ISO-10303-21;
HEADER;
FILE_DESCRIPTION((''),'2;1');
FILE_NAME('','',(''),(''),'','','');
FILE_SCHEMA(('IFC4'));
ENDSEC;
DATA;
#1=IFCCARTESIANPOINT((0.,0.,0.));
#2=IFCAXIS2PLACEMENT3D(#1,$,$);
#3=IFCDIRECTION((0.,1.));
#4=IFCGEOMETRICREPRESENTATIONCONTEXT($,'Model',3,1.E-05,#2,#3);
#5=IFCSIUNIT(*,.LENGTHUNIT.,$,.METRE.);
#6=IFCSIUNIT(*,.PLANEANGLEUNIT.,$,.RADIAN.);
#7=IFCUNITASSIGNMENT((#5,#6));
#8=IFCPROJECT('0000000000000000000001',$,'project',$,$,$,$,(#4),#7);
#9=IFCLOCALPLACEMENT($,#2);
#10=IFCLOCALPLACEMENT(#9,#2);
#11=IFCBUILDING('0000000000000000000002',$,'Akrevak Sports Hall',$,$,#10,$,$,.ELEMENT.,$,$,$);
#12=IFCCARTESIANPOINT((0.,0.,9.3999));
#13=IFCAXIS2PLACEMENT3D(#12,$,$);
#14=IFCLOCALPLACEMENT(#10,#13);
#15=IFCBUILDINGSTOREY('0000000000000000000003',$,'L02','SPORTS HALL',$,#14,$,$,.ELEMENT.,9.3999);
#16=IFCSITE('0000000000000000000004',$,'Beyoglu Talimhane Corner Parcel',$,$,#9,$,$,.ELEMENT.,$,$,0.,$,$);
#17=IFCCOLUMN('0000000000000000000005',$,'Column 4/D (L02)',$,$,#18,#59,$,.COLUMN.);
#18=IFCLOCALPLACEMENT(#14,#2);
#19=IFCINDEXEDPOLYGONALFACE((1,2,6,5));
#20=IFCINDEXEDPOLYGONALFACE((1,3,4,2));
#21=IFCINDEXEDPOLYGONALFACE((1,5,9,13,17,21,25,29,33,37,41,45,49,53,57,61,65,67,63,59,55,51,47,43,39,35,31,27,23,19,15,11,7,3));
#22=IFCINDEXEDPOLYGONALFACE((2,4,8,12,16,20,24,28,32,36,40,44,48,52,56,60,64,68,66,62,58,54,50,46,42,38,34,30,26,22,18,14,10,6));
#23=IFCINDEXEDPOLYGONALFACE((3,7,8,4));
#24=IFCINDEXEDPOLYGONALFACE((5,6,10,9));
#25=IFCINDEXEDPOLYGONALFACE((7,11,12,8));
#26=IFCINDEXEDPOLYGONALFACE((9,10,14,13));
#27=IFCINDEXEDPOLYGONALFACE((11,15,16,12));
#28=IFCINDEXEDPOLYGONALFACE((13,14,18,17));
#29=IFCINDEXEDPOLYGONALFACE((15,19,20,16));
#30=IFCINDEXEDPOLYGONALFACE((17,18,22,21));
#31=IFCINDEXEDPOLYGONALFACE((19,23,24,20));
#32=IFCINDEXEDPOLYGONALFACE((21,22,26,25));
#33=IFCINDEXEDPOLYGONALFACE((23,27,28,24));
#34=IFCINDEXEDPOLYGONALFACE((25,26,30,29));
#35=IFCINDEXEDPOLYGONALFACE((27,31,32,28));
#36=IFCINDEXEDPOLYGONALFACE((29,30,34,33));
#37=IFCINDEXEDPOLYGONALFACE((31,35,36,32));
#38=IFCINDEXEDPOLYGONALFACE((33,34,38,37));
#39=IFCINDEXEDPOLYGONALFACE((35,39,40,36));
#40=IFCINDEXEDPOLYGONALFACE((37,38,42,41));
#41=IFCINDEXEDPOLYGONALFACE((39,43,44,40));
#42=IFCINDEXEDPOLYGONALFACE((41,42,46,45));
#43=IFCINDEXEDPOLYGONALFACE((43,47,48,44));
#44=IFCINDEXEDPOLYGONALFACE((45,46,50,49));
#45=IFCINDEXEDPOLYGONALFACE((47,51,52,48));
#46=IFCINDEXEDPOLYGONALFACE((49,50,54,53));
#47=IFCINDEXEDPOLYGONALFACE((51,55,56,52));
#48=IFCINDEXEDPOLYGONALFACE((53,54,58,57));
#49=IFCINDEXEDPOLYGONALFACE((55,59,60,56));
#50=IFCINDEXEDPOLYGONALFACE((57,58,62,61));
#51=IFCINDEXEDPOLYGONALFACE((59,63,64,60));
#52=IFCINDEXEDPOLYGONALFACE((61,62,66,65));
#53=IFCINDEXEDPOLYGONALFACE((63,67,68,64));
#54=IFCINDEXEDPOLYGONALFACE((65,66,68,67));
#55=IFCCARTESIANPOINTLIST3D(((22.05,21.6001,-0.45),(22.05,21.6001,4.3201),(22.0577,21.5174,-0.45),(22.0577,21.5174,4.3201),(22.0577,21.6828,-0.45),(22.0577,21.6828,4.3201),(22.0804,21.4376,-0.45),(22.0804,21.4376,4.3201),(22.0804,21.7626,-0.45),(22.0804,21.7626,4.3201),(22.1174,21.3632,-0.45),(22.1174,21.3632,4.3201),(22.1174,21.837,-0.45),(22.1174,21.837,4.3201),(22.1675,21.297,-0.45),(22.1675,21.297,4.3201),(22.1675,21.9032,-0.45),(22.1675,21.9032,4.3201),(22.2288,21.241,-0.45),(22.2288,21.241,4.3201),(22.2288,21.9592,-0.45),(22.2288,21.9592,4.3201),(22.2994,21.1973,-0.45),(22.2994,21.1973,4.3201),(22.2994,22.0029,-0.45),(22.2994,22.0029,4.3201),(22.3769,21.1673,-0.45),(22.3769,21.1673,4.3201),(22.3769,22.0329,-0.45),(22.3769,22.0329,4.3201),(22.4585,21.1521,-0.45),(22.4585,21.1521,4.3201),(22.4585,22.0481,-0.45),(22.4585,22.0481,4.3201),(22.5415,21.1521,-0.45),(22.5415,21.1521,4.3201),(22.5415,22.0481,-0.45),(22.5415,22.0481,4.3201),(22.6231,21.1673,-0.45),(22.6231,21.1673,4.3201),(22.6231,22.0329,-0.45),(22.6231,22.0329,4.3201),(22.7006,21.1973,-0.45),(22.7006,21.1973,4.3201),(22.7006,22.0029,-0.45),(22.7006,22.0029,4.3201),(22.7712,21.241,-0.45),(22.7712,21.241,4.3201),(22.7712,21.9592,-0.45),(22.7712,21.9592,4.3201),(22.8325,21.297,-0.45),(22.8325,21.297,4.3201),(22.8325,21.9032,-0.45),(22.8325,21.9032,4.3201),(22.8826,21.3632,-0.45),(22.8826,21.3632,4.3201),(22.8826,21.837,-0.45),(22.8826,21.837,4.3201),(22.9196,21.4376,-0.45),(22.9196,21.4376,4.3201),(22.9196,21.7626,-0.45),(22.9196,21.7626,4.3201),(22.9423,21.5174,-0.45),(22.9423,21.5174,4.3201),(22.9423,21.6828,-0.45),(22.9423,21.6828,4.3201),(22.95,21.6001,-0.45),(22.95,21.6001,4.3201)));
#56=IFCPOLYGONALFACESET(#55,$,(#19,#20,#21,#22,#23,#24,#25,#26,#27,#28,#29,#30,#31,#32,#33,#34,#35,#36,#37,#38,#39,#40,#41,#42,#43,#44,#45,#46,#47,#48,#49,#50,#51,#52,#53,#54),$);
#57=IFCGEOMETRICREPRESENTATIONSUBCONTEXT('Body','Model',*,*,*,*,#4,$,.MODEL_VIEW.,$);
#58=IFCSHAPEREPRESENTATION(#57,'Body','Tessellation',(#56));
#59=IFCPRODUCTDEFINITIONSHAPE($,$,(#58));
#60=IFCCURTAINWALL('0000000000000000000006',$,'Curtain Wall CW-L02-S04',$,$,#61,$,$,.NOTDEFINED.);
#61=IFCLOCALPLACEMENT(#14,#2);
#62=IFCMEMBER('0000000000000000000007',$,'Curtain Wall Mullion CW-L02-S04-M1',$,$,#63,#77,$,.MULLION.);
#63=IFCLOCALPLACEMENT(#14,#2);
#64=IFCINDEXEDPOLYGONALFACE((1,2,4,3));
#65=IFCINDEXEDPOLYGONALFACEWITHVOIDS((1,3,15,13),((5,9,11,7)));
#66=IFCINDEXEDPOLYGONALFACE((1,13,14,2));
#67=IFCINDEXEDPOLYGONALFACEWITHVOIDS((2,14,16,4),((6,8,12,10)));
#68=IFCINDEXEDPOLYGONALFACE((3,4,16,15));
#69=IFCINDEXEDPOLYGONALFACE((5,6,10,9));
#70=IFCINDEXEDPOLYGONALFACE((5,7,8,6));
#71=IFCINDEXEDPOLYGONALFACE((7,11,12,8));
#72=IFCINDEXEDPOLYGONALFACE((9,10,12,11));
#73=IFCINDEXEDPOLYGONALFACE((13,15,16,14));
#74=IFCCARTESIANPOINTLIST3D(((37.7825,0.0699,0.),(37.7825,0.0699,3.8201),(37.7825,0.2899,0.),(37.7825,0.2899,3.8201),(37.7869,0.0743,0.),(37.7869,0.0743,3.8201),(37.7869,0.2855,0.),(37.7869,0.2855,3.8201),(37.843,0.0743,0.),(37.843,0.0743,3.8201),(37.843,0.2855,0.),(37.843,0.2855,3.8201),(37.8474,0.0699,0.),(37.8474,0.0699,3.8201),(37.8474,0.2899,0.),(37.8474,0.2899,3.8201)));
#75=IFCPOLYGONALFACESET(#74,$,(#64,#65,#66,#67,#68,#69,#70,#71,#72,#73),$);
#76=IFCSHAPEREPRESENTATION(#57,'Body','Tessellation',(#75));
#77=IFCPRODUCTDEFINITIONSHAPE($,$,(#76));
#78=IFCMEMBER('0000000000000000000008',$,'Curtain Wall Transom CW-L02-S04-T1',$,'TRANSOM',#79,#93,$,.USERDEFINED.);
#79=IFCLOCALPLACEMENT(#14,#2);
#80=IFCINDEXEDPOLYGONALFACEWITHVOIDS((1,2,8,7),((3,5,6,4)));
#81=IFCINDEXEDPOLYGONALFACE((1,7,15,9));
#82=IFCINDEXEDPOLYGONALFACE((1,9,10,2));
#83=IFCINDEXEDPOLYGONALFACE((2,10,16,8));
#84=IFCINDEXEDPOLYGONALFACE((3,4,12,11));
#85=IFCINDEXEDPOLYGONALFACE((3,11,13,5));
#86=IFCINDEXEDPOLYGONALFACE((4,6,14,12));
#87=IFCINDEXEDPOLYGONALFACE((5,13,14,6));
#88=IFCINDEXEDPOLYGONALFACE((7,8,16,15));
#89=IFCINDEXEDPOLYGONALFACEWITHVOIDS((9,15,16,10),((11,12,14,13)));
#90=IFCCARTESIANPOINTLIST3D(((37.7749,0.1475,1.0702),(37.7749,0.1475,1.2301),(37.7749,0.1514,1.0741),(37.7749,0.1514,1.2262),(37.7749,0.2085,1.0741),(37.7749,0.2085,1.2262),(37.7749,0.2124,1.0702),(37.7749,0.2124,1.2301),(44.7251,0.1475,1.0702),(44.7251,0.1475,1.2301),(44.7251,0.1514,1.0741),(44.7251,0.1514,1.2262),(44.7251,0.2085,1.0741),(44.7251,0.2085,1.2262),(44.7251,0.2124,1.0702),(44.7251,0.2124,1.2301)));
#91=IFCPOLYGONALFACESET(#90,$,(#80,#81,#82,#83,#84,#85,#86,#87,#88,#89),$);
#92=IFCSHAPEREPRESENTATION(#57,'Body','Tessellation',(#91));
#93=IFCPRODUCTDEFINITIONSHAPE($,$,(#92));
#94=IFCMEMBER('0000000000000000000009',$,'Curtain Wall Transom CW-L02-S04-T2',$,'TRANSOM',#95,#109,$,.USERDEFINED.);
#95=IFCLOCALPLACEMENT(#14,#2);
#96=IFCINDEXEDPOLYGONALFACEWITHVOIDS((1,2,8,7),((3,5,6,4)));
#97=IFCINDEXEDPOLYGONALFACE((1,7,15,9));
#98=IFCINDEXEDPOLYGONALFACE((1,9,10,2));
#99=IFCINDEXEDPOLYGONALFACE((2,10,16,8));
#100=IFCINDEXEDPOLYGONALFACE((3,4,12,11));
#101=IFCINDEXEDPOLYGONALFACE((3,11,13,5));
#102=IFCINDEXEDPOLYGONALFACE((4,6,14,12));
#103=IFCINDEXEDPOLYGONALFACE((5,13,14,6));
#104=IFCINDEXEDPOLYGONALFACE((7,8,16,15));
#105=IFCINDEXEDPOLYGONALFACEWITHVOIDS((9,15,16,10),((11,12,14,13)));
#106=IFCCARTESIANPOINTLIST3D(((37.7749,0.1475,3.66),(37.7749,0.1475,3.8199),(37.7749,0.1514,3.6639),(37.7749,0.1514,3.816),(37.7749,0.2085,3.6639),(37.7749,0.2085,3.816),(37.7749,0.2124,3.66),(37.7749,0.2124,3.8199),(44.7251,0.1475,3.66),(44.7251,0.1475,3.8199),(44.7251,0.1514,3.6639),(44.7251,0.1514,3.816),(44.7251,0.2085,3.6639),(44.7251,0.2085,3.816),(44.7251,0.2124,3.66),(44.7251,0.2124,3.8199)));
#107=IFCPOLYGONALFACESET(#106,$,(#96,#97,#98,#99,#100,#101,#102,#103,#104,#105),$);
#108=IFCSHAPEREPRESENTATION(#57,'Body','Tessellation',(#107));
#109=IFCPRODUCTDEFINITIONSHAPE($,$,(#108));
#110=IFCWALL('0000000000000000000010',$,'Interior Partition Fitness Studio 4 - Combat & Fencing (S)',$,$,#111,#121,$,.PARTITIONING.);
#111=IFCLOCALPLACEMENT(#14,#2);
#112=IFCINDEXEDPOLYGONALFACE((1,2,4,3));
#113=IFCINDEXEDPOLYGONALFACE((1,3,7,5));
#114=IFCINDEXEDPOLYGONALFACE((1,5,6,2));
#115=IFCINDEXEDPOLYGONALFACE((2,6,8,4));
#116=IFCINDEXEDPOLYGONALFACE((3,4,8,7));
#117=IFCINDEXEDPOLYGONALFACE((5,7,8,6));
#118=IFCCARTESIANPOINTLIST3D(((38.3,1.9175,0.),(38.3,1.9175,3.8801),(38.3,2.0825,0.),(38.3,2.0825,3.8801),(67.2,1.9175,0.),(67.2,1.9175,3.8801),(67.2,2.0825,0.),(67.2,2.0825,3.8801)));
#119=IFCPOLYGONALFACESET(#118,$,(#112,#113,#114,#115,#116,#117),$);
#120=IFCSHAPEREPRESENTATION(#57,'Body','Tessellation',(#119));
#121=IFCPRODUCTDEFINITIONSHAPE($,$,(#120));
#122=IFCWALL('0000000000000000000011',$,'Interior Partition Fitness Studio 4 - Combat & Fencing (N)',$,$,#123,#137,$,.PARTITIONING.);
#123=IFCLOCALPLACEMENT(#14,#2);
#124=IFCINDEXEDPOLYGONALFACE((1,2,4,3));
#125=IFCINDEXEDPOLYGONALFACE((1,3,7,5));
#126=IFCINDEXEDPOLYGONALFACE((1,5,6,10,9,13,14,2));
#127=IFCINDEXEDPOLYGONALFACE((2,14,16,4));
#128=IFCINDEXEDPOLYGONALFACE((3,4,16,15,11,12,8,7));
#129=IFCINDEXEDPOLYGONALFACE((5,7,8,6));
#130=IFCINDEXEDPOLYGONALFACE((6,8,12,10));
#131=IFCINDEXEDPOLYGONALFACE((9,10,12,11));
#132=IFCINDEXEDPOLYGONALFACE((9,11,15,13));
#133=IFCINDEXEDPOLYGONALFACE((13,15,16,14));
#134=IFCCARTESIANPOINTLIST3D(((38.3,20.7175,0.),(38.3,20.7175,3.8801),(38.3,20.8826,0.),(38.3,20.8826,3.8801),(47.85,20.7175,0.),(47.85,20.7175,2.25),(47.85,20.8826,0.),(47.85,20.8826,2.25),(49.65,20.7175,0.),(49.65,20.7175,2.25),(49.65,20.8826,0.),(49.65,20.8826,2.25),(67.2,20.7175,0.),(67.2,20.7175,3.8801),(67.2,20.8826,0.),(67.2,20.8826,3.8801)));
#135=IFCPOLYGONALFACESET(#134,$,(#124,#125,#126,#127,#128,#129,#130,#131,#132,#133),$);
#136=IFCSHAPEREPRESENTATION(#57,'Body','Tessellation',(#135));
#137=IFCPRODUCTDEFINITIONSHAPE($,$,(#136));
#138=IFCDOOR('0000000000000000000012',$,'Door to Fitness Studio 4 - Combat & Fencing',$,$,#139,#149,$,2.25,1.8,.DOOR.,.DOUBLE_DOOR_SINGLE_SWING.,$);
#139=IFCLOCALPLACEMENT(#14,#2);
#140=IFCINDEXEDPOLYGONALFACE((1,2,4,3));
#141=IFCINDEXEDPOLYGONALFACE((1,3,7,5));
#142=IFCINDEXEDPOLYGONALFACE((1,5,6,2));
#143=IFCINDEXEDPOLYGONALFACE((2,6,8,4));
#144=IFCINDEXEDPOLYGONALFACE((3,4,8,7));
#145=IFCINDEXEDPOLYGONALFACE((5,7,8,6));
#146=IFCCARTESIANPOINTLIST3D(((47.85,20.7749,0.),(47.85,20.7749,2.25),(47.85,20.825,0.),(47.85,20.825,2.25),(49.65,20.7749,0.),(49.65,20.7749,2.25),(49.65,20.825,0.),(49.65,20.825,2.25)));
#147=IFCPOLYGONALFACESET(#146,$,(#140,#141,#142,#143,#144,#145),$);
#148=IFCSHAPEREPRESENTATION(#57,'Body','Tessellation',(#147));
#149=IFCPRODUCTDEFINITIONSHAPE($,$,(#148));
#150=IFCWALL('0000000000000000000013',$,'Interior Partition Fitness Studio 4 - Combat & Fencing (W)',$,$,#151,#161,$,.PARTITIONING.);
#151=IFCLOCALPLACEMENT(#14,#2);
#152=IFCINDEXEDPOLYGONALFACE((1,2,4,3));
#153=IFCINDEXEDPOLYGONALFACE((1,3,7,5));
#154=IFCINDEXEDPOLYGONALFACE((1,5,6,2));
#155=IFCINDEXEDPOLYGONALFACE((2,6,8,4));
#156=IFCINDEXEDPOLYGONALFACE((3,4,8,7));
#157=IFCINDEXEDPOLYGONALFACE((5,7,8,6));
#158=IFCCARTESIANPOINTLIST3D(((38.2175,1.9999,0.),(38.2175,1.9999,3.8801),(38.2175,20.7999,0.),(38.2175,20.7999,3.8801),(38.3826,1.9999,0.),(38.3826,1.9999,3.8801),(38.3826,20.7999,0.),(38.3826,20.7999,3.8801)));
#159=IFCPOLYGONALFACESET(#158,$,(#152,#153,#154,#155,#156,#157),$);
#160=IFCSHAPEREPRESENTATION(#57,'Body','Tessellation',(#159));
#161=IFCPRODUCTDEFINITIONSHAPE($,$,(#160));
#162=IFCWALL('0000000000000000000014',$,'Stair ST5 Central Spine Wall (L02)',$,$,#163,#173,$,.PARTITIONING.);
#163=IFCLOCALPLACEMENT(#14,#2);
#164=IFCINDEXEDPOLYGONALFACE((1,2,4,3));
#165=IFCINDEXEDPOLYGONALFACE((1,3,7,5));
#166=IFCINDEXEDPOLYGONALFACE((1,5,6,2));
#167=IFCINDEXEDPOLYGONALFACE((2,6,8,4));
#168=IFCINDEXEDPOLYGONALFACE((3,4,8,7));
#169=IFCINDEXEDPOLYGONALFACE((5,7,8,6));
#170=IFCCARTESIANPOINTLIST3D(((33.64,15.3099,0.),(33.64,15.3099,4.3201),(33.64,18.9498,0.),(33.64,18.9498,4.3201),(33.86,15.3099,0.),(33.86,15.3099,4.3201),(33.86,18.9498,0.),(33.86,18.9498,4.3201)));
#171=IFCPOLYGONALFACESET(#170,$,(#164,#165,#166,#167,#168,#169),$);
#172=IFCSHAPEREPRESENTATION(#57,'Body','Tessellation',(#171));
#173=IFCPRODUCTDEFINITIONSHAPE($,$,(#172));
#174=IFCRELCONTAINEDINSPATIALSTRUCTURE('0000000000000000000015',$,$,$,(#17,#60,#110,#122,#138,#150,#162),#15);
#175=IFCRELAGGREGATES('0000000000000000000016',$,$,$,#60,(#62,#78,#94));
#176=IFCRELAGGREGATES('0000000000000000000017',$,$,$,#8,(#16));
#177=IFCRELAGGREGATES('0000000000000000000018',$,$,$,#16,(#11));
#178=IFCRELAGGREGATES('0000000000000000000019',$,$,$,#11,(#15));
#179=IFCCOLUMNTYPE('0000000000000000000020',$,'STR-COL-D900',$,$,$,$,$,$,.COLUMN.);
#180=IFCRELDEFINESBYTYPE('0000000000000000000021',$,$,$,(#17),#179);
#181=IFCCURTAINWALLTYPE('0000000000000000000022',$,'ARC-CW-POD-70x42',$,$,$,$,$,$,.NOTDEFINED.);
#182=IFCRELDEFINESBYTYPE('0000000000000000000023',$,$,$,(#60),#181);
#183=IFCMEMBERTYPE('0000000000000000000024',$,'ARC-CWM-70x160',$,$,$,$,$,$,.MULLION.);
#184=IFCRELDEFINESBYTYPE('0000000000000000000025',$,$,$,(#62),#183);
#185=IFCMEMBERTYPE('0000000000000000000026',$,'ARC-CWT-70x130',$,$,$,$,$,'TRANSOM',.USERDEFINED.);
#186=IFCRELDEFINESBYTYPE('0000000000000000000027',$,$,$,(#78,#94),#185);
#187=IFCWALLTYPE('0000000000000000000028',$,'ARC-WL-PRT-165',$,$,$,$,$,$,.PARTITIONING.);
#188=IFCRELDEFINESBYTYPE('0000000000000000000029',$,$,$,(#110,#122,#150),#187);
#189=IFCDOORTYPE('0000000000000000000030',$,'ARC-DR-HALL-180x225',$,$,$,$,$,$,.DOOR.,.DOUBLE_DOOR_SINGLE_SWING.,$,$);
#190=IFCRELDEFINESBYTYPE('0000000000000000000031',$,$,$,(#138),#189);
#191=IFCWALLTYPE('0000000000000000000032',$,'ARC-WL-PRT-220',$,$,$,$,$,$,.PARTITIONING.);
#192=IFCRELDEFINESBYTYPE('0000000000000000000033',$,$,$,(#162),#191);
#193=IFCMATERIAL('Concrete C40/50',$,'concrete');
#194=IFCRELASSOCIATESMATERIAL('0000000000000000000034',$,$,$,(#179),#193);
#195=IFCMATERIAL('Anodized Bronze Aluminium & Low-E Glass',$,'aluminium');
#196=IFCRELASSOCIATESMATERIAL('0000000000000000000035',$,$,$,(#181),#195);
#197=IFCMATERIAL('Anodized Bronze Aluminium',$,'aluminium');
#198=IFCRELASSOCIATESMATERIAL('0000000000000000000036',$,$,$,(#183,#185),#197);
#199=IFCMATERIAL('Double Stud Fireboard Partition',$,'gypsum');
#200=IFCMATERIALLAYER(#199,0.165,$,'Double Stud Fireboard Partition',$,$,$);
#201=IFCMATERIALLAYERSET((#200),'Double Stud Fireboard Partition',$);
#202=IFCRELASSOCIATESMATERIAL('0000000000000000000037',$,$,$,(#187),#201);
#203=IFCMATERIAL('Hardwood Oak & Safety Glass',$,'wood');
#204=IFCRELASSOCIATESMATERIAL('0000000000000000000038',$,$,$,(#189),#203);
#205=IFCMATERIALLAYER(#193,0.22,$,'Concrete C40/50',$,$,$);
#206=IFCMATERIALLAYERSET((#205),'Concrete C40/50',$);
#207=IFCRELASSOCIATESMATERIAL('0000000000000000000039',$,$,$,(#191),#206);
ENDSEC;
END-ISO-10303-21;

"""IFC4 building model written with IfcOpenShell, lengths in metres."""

from ifc_helpers import new_model, si_unit, direction, frame, frame_2d, origin, origin_2d, place, context, subcontext, project, spatial, rectangle, hollow_rectangle, circle, extrude, material, layer, layer_set, material_profile, profile_set, type_object, element, fill, aggregate, save


model = new_model("IFC4")

# Units and contexts
model_context = context("Model", 3, precision=1e-05, world=origin(), true_north=direction((0.0, 1.0)))
body_context = subcontext(model_context, "Body", "Model", "MODEL_VIEW")
ifc_project = project(units=[si_unit("LENGTHUNIT", "METRE"), si_unit("PLANEANGLEUNIT", "RADIAN")], contexts=[model_context])

# Site, building, storey
site_placement = place(None, origin())
site = spatial("IfcSite", under=ifc_project, at=site_placement, Name="Beyoglu Talimhane Corner Parcel", CompositionType="ELEMENT", RefElevation=0.0)
building_placement = place(site_placement, origin())
building = spatial("IfcBuilding", under=site, at=building_placement, Name="Akrevak Sports Hall", CompositionType="ELEMENT")
storey_placement = place(building_placement, frame((0.0, 0.0, 9.3999)))
storey = spatial("IfcBuildingStorey", under=building, at=storey_placement, Name="L02", Description="SPORTS HALL", CompositionType="ELEMENT", Elevation=9.3999)

# Column
ifc_material_1 = material(Name="Concrete C40/50", Category="concrete")
ifc_material_profile_1 = material_profile(ifc_material_1, circle(Radius=0.45, at=origin_2d()), Name="COL D900", Category="concrete")
ifc_profile_set_1 = profile_set([ifc_material_profile_1], Name="Concrete C40/50")
column_type = type_object("IfcColumnType", Name="STR-COL-D900", PredefinedType="COLUMN", material=ifc_profile_set_1)
column_placement = place(storey_placement, frame((22.5, 21.6001, -0.45), z_axis=(0.0, 0.0, 1.0), x_axis=(1.0, 0.0, 0.0)))
element("IfcColumn", 1, at=column_placement, inside=storey, type_object=column_type, Name="Column 4/D (L02)", PredefinedType="COLUMN", context=body_context, shape_type="SweptSolid", body=[
    extrude(circle(Radius=0.45, at=origin_2d()), origin(), (0.0, 0.0, 1.0), 4.77),
])

# Curtain wall, members
ifc_material_2 = material(Name="Anodized Bronze Aluminium & Low-E Glass", Category="aluminium")
curtain_wall_type = type_object("IfcCurtainWallType", Name="ARC-CW-POD-70x42", PredefinedType="NOTDEFINED", material=ifc_material_2)
curtain_wall_placement = place(storey_placement, origin())
curtain_wall = element("IfcCurtainWall", 2, at=curtain_wall_placement, inside=storey, type_object=curtain_wall_type, Name="Curtain Wall CW-L02-S04", PredefinedType="NOTDEFINED")
ifc_material_3 = material(Name="Anodized Bronze Aluminium", Category="aluminium")
ifc_material_profile_2 = material_profile(ifc_material_3, hollow_rectangle(XDim=0.0649, YDim=0.22, WallThickness=0.0044, at=origin_2d()), Name="CWM 65x220", Category="aluminium")
ifc_profile_set_2 = profile_set([ifc_material_profile_2], Name="Anodized Bronze Aluminium")
member_type_1 = type_object("IfcMemberType", Name="ARC-CWM-70x160", PredefinedType="MULLION", material=ifc_profile_set_2)
member_1_placement = place(storey_placement, frame((37.8149, 0.1799, 0.0), z_axis=(0.0, 0.0, 1.0), x_axis=(1.0, 0.0, 0.0)))
member_1 = element("IfcMember", 3, at=member_1_placement, type_object=member_type_1, Name="Curtain Wall Mullion CW-L02-S04-M1", PredefinedType="MULLION", context=body_context, shape_type="SweptSolid", body=[
    extrude(hollow_rectangle(XDim=0.0649, YDim=0.22, WallThickness=0.0044, at=origin_2d()), origin(), (0.0, 0.0, 1.0), 3.8201),
])
ifc_material_profile_3 = material_profile(ifc_material_3, hollow_rectangle(XDim=0.0649, YDim=0.1599, WallThickness=0.0039, at=origin_2d()), Name="CWT 65x160", Category="aluminium")
ifc_profile_set_3 = profile_set([ifc_material_profile_3], Name="Anodized Bronze Aluminium")
member_type_2 = type_object("IfcMemberType", Name="ARC-CWT-70x130", ElementType="TRANSOM", PredefinedType="USERDEFINED", material=ifc_profile_set_3)
member_2_placement = place(storey_placement, frame((37.7749, 0.1799, 1.1501), z_axis=(1.0, 0.0, 0.0), x_axis=(0.0, 1.0, 0.0)))
member_2 = element("IfcMember", 4, at=member_2_placement, type_object=member_type_2, Name="Curtain Wall Transom CW-L02-S04-T1", ObjectType="TRANSOM", PredefinedType="USERDEFINED", context=body_context, shape_type="SweptSolid", body=[
    extrude(hollow_rectangle(XDim=0.0649, YDim=0.1599, WallThickness=0.0039, at=origin_2d()), origin(), (0.0, 0.0, 1.0), 6.9502),
])
member_3_placement = place(storey_placement, frame((37.7749, 0.1799, 3.74), z_axis=(1.0, 0.0, 0.0), x_axis=(0.0, 1.0, 0.0)))
member_3 = element("IfcMember", 5, at=member_3_placement, type_object=member_type_2, Name="Curtain Wall Transom CW-L02-S04-T2", ObjectType="TRANSOM", PredefinedType="USERDEFINED", context=body_context, shape_type="SweptSolid", body=[
    extrude(hollow_rectangle(XDim=0.0649, YDim=0.1599, WallThickness=0.0039, at=origin_2d()), origin(), (0.0, 0.0, 1.0), 6.9502),
])
aggregate(curtain_wall, [member_1, member_2, member_3])

# Wall
ifc_material_4 = material(Name="Double Stud Fireboard Partition", Category="gypsum")
ifc_layer_1 = layer(ifc_material_4, 0.165, Name="Double Stud Fireboard Partition")
ifc_layer_set_1 = layer_set([ifc_layer_1], Name="Double Stud Fireboard Partition")
wall_type_1 = type_object("IfcWallType", Name="ARC-WL-PRT-165", PredefinedType="PARTITIONING", material=ifc_layer_set_1)
wall_1_placement = place(storey_placement, frame((38.3, 2.0, 0.0), z_axis=(0.0, 0.0, 1.0), x_axis=(1.0, 0.0, 0.0)))
element("IfcWall", 6, at=wall_1_placement, inside=storey, type_object=wall_type_1, Name="Interior Partition Fitness Studio 4 - Combat & Fencing (S)", PredefinedType="PARTITIONING", context=body_context, shape_type="SweptSolid", body=[
    extrude(rectangle(XDim=28.8999, YDim=0.165, at=frame_2d((14.45, 0.0))), origin(), (0.0, 0.0, 1.0), 3.8801),
])

# Wall, opening, door
wall_2_placement = place(storey_placement, frame((38.3, 20.8, 0.0), z_axis=(0.0, 0.0, 1.0), x_axis=(1.0, 0.0, 0.0)))
wall_2 = element("IfcWall", 7, at=wall_2_placement, inside=storey, type_object=wall_type_1, Name="Interior Partition Fitness Studio 4 - Combat & Fencing (N)", PredefinedType="PARTITIONING", context=body_context, shape_type="SweptSolid", body=[
    extrude(rectangle(XDim=28.8999, YDim=0.165, at=frame_2d((14.45, 0.0))), origin(), (0.0, 0.0, 1.0), 3.8801),
])
opening_1_placement = place(wall_2_placement, frame((9.55, 0.0, 0.0)))
opening_1 = element("IfcOpeningElement", 8, at=opening_1_placement, cuts=wall_2, PredefinedType="OPENING", context=body_context, shape_type="SweptSolid", body=[
    extrude(rectangle(XDim=1.8, YDim=2.25, at=frame_2d((0.8999, 1.125))), frame((0.0, 0.0945, 0.0), z_axis=(0.0, -1.0, 0.0), x_axis=(1.0, 0.0, 0.0)), (0.0, 0.0, 1.0), 0.189),
])
ifc_material_5 = material(Name="Hardwood Oak & Safety Glass", Category="wood")
door_type_1 = type_object("IfcDoorType", Name="ARC-DR-HALL-180x225", OperationType="DOUBLE_DOOR_SINGLE_SWING", PredefinedType="DOOR", material=ifc_material_5)
door_1_placement = place(opening_1_placement, origin())
door_1 = element("IfcDoor", 9, at=door_1_placement, inside=storey, type_object=door_type_1, Name="Door to Fitness Studio 4 - Combat & Fencing", OperationType="DOUBLE_DOOR_SINGLE_SWING", OverallHeight=2.25, OverallWidth=1.8, PredefinedType="DOOR", context=body_context, shape_type="SweptSolid", body=[
    extrude(rectangle(XDim=1.8, YDim=2.25, at=frame_2d((0.8999, 1.125))), frame((0.0, 0.0249, 0.0), z_axis=(0.0, -1.0, 0.0), x_axis=(1.0, 0.0, 0.0)), (0.0, 0.0, 1.0), 0.05),
])
fill(opening_1, door_1)

# Walls
wall_3_placement = place(storey_placement, frame((38.3, 2.0, 0.0), z_axis=(0.0, 0.0, 1.0), x_axis=(0.0, 1.0, 0.0)))
element("IfcWall", 10, at=wall_3_placement, inside=storey, type_object=wall_type_1, Name="Interior Partition Fitness Studio 4 - Combat & Fencing (W)", PredefinedType="PARTITIONING", context=body_context, shape_type="SweptSolid", body=[
    extrude(rectangle(XDim=18.8, YDim=0.165, at=frame_2d((9.3999, 0.0))), origin(), (0.0, 0.0, 1.0), 3.8801),
])
ifc_layer_2 = layer(ifc_material_1, 0.22, Name="Concrete C40/50")
ifc_layer_set_2 = layer_set([ifc_layer_2], Name="Concrete C40/50")
wall_type_2 = type_object("IfcWallType", Name="ARC-WL-PRT-220", PredefinedType="PARTITIONING", material=ifc_layer_set_2)
wall_4_placement = place(storey_placement, frame((33.75, 15.3101, 0.0), z_axis=(0.0, 0.0, 1.0), x_axis=(0.0, 1.0, 0.0)))
element("IfcWall", 11, at=wall_4_placement, inside=storey, type_object=wall_type_2, Name="Stair ST5 Central Spine Wall (L02)", PredefinedType="PARTITIONING", context=body_context, shape_type="SweptSolid", body=[
    extrude(rectangle(XDim=3.6399, YDim=0.22, at=frame_2d((1.8198, 0.0))), origin(), (0.0, 0.0, 1.0), 4.3201),
])

save(model, "model.ifc")
